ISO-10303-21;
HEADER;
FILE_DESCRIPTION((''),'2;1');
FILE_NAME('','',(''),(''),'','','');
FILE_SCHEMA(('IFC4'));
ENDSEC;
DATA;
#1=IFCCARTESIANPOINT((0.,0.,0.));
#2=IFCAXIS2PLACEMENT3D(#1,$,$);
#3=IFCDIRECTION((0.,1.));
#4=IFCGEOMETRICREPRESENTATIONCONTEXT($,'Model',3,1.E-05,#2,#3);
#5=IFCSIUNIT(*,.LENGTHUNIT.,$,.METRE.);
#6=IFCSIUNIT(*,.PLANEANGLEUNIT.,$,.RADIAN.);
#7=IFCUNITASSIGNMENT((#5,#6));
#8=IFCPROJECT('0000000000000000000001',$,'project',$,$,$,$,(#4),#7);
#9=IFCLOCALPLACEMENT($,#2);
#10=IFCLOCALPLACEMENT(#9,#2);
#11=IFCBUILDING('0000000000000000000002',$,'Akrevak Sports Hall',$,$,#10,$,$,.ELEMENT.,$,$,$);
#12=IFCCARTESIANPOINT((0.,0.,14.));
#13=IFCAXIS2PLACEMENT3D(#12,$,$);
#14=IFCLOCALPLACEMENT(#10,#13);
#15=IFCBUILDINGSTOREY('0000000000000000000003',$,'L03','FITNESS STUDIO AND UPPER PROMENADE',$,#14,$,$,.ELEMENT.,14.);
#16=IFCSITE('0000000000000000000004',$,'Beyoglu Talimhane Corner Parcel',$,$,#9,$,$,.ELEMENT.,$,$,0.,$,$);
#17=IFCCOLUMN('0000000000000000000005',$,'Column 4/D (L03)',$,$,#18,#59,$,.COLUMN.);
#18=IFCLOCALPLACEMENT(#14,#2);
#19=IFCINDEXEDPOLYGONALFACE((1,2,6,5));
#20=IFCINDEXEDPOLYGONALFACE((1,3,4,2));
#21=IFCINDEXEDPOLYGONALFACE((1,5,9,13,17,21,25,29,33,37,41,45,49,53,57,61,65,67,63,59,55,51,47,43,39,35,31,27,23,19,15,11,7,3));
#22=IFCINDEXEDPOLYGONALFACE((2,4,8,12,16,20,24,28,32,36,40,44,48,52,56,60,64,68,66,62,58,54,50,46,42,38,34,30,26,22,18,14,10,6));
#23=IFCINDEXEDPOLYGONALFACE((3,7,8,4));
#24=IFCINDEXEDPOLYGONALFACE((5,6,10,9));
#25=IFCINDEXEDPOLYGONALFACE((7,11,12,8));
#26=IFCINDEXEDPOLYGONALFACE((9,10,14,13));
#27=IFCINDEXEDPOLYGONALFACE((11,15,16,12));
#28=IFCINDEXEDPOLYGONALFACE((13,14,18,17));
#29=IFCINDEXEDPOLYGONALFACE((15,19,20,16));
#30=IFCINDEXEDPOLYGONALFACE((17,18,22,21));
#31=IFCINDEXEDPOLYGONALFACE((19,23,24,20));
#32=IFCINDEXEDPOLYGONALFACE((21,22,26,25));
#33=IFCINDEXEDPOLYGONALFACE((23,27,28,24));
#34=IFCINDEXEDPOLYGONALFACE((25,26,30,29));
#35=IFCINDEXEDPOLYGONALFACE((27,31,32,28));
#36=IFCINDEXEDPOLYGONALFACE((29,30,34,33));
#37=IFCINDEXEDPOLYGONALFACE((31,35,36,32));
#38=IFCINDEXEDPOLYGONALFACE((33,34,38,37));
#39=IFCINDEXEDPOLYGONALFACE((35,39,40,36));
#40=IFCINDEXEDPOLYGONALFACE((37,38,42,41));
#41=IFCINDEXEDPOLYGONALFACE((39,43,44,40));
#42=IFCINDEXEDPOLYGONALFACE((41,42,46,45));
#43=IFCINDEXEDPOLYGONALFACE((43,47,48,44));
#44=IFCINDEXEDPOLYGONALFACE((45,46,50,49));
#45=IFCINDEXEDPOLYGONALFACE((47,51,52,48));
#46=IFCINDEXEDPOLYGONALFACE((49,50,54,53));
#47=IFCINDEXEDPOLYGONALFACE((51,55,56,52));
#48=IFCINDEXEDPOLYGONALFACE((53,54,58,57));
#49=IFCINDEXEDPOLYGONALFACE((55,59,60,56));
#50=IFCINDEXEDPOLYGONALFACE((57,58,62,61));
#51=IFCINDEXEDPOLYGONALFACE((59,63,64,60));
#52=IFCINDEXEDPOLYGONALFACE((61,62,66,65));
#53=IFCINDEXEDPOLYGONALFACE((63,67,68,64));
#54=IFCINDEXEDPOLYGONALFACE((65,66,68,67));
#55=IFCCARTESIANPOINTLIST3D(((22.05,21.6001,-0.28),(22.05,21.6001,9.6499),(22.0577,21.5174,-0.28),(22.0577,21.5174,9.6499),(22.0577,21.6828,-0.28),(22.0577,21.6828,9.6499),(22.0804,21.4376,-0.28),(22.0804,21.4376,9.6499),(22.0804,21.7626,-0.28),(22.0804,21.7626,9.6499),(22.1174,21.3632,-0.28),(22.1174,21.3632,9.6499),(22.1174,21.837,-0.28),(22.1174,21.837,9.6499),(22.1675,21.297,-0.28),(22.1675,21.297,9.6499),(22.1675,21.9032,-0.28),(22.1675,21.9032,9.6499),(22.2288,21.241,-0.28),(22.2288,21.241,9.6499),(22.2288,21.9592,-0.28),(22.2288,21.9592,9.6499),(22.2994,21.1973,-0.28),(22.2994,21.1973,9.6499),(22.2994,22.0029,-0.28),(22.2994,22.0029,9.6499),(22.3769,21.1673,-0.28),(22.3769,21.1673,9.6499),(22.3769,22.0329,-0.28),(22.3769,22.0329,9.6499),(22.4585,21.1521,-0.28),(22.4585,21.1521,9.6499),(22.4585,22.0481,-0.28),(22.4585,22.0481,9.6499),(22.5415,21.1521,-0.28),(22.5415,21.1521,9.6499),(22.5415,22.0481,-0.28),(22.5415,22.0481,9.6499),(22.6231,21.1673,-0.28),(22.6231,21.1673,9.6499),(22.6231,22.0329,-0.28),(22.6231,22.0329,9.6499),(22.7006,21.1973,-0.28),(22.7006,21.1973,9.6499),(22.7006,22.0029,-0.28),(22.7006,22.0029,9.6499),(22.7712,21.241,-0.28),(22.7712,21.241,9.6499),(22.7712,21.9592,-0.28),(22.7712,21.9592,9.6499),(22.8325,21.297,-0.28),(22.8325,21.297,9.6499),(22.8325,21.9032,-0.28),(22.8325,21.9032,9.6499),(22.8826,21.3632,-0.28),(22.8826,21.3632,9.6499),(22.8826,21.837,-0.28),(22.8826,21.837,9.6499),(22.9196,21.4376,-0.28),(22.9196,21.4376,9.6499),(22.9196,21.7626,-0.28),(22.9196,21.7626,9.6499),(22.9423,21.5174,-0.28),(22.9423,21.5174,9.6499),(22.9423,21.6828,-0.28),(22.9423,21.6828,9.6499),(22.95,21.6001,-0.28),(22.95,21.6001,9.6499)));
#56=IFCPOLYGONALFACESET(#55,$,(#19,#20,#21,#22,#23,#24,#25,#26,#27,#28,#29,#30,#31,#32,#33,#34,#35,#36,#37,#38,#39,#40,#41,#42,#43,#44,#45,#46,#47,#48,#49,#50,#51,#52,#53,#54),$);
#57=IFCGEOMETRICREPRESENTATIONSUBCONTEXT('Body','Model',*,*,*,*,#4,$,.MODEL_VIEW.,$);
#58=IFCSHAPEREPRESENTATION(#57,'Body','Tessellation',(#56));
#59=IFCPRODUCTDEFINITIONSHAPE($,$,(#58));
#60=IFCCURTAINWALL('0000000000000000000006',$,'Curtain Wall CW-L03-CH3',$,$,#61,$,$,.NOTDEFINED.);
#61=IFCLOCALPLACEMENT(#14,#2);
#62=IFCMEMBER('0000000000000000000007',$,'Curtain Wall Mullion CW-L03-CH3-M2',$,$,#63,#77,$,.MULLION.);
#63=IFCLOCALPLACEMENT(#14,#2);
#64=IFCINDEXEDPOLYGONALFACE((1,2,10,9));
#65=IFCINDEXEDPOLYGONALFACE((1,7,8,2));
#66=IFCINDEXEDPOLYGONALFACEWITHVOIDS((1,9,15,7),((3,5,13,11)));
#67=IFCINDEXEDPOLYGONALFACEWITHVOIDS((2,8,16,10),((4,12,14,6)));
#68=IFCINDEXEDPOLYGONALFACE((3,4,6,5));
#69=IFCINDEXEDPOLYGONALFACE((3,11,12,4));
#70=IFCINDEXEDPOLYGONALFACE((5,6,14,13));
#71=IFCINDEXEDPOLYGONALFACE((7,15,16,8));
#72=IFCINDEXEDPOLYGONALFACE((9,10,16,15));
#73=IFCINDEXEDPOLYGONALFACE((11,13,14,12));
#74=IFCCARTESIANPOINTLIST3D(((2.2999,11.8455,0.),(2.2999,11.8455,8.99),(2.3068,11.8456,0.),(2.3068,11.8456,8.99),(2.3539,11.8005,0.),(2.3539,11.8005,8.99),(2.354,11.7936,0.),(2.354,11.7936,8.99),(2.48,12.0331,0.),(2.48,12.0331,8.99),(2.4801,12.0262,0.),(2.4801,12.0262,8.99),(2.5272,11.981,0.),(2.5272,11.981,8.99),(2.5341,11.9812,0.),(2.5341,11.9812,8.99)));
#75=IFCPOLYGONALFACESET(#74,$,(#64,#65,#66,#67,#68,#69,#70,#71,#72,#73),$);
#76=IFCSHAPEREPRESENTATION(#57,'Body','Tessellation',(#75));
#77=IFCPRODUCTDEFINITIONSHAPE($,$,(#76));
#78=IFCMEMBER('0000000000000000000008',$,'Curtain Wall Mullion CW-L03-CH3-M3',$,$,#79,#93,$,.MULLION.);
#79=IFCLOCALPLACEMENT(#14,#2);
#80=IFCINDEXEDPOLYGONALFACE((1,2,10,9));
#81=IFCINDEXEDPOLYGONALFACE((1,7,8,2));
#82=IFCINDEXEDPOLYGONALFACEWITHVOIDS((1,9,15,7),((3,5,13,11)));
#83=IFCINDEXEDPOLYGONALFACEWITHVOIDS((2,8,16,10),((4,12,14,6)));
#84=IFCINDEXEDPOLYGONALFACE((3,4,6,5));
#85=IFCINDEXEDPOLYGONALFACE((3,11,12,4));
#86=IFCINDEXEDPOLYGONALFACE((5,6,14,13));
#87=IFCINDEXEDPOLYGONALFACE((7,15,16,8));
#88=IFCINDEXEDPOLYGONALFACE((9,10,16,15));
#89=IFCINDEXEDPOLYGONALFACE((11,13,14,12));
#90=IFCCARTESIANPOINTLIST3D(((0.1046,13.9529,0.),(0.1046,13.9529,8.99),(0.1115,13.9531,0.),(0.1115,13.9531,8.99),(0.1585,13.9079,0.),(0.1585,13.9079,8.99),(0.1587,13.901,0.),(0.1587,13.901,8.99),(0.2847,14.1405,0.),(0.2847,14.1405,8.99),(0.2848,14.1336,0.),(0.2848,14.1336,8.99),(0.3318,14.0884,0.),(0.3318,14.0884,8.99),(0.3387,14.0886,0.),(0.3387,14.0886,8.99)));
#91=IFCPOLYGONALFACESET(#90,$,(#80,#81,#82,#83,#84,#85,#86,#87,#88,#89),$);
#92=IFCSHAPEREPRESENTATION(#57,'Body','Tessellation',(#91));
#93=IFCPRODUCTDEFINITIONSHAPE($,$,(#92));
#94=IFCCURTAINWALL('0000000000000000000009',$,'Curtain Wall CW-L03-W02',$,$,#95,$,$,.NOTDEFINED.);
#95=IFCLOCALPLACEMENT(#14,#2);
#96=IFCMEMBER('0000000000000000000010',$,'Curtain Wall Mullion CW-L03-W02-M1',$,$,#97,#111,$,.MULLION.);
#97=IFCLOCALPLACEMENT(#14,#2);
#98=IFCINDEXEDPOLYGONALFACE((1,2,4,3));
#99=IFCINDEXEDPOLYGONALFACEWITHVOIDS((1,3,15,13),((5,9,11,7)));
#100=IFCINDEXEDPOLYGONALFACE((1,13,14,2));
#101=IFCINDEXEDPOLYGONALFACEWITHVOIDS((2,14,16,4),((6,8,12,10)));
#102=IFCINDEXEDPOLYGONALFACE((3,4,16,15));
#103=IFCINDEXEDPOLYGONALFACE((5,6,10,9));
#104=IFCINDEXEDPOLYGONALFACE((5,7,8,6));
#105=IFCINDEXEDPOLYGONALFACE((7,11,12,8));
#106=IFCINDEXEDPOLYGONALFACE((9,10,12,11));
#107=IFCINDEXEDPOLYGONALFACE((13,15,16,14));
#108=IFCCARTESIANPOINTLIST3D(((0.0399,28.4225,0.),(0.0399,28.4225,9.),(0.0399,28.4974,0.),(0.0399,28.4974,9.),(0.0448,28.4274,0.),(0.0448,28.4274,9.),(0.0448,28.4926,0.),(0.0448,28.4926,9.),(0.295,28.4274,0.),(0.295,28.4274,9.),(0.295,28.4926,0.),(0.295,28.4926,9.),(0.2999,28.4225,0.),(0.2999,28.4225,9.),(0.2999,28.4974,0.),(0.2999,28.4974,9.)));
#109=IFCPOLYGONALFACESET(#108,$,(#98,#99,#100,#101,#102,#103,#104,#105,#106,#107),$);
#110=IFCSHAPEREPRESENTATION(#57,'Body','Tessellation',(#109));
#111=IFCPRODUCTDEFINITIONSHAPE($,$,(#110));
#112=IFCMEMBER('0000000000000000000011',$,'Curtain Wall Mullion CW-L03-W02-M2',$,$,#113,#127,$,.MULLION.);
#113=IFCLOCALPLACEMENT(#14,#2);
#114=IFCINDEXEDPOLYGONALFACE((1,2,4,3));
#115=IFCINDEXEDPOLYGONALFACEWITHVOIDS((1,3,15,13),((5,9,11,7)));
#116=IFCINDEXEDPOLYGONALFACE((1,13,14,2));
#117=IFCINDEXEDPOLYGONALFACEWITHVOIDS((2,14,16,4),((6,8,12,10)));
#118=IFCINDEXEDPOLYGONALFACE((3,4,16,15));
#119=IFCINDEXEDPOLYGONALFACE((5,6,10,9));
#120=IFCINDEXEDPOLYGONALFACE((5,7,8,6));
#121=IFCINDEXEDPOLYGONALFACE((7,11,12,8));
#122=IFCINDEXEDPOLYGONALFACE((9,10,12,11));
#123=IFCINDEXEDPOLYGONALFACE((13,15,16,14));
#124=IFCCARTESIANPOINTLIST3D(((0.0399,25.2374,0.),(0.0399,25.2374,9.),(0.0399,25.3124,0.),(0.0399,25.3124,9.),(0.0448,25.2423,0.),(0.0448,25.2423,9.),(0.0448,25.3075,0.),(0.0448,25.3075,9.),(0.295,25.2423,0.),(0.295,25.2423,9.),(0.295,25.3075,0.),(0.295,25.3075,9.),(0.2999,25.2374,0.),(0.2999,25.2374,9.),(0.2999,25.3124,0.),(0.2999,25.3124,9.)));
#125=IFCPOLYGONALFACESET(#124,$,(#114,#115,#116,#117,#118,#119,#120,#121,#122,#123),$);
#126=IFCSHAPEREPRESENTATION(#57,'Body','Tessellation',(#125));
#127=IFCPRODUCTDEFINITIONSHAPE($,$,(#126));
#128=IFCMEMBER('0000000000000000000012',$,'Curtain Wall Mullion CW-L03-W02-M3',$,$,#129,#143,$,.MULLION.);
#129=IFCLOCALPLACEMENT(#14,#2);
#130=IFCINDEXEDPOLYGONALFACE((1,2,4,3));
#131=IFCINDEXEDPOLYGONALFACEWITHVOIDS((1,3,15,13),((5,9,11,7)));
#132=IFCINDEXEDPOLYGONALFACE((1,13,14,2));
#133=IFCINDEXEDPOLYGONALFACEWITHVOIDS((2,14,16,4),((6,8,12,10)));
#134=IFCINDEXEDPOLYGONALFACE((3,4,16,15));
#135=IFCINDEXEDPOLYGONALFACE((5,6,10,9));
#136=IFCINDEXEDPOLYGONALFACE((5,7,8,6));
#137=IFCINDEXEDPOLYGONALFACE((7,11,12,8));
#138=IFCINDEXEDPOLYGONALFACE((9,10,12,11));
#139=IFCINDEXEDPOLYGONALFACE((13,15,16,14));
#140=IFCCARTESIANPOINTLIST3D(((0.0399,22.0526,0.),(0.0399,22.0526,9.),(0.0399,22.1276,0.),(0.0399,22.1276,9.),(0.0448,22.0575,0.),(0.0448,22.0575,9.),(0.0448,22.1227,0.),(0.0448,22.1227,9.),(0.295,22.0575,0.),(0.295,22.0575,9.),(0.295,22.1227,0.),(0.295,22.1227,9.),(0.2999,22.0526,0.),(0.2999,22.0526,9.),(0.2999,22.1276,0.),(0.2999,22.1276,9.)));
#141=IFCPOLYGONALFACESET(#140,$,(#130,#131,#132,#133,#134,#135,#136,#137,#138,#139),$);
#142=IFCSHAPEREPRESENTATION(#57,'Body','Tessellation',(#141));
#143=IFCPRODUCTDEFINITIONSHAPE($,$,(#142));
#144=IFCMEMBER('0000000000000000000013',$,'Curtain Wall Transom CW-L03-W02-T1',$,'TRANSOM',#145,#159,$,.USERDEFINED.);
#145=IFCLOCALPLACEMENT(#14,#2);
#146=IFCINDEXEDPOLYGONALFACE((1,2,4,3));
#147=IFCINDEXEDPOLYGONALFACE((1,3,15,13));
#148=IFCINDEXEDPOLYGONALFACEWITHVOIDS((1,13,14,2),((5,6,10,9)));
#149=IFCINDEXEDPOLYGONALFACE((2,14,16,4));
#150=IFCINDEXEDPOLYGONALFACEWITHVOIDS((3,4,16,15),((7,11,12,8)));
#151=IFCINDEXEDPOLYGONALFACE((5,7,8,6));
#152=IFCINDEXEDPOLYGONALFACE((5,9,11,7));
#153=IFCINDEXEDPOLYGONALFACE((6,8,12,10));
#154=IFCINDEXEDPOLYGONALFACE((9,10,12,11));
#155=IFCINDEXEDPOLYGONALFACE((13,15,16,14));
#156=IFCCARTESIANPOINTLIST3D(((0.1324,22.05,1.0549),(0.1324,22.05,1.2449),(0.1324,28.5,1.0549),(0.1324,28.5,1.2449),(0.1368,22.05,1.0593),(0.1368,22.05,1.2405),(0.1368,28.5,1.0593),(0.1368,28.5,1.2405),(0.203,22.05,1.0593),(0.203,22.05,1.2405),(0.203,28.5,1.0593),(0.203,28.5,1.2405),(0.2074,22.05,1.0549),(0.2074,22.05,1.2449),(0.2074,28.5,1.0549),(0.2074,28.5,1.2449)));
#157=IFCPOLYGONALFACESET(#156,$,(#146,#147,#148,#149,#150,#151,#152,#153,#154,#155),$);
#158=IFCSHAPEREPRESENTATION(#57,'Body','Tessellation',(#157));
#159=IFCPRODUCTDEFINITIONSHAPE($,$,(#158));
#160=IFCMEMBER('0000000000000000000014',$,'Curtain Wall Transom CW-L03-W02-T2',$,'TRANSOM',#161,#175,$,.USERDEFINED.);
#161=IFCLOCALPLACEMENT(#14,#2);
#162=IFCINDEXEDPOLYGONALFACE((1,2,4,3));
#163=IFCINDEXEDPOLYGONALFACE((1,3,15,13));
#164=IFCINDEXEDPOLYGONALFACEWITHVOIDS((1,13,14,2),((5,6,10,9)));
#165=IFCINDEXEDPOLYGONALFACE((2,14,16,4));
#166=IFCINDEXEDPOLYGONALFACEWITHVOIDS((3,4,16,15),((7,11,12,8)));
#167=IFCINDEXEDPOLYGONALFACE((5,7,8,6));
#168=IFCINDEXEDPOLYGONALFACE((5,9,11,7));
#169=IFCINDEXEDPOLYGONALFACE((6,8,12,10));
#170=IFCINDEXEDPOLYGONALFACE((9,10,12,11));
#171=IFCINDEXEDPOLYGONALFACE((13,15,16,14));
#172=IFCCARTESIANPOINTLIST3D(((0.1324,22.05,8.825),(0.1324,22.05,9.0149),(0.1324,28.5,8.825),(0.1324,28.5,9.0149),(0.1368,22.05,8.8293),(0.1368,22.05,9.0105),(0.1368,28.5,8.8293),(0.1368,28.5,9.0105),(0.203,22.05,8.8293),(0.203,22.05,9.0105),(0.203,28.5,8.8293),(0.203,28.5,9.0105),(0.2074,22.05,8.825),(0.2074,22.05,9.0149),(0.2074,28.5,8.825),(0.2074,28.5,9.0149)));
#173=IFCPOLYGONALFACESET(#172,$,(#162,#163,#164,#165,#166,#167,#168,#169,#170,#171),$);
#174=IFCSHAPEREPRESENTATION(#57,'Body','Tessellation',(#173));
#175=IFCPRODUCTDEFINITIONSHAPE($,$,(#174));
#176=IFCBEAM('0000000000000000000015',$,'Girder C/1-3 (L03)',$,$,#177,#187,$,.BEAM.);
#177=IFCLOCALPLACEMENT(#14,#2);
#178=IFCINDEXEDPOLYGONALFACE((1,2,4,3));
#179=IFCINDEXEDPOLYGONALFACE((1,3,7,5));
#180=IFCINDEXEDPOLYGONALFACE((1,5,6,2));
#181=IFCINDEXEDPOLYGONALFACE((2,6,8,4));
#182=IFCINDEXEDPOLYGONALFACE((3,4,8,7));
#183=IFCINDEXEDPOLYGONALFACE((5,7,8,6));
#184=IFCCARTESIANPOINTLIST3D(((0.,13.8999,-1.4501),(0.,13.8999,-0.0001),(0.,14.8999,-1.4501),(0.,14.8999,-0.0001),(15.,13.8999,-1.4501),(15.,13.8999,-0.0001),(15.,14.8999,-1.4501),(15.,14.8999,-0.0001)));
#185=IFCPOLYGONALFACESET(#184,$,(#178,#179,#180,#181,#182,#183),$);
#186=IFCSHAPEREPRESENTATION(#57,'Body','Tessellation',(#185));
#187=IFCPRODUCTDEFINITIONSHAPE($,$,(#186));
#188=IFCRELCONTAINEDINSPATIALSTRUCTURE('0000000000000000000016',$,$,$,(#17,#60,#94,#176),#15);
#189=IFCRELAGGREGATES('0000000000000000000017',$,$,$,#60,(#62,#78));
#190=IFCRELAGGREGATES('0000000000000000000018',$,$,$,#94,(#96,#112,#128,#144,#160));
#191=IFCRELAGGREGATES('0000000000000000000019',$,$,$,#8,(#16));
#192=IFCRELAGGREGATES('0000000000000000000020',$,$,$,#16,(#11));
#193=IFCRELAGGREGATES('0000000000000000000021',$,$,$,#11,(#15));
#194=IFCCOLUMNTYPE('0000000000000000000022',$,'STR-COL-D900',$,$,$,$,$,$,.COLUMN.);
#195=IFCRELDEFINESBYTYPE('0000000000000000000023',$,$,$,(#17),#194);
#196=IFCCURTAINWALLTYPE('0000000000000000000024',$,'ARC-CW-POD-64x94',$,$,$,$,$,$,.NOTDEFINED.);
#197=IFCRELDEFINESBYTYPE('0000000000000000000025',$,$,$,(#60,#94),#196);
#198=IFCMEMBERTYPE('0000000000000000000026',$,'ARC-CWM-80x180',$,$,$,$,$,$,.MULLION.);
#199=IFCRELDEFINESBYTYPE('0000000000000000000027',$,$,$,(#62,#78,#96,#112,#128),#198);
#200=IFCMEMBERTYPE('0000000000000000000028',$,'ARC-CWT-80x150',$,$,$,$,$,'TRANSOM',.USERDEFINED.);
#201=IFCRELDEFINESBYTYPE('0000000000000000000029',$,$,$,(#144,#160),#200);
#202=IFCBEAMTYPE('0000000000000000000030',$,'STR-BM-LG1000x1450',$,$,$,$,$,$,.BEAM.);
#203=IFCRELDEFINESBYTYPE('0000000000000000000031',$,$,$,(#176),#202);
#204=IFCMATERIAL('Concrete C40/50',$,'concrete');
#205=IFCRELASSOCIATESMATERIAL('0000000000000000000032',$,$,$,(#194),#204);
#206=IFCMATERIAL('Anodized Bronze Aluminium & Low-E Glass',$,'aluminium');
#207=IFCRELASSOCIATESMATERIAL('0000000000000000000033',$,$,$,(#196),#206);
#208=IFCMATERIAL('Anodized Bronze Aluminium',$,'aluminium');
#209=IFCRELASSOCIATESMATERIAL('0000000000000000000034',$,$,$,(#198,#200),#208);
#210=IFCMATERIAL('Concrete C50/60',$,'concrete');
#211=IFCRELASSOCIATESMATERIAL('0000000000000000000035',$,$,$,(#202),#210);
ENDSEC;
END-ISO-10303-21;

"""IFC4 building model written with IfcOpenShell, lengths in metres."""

from ifc_helpers import new_model, si_unit, direction, frame, origin, origin_2d, place, context, subcontext, project, spatial, rectangle, hollow_rectangle, circle, extrude, material, material_profile, profile_set, type_object, element, aggregate, save


model = new_model("IFC4")

# Units and contexts
model_context = context("Model", 3, precision=1e-05, world=origin(), true_north=direction((0.0, 1.0)))
body_context = subcontext(model_context, "Body", "Model", "MODEL_VIEW")
ifc_project = project(units=[si_unit("LENGTHUNIT", "METRE"), si_unit("PLANEANGLEUNIT", "RADIAN")], contexts=[model_context])

# Site, building, storey
site_placement = place(None, origin())
site = spatial("IfcSite", under=ifc_project, at=site_placement, Name="Beyoglu Talimhane Corner Parcel", CompositionType="ELEMENT", RefElevation=0.0)
building_placement = place(site_placement, origin())
building = spatial("IfcBuilding", under=site, at=building_placement, Name="Akrevak Sports Hall", CompositionType="ELEMENT")
storey_placement = place(building_placement, frame((0.0, 0.0, 14.0)))
storey = spatial("IfcBuildingStorey", under=building, at=storey_placement, Name="L03", Description="FITNESS STUDIO AND UPPER PROMENADE", CompositionType="ELEMENT", Elevation=14.0)

# Column
ifc_material_1 = material(Name="Concrete C40/50", Category="concrete")
ifc_material_profile_1 = material_profile(ifc_material_1, circle(Radius=0.45, at=origin_2d()), Name="COL D900", Category="concrete")
ifc_profile_set_1 = profile_set([ifc_material_profile_1], Name="Concrete C40/50")
column_type = type_object("IfcColumnType", Name="STR-COL-D900", PredefinedType="COLUMN", material=ifc_profile_set_1)
for number, where, z_axis, x_axis, name in (
    (1, (22.5, 21.6001, -0.28), (0.0, 0.0, 1.0), (1.0, 0.0, 0.0), "Column 4/D (L03)"),
):
    element("IfcColumn", number, at=place(storey_placement, frame(where, z_axis=z_axis, x_axis=x_axis)), inside=storey, type_object=column_type, Name=name, PredefinedType="COLUMN", context=body_context, shape_type="SweptSolid", body=[
        extrude(circle(Radius=0.45, at=origin_2d()), origin(), (0.0, 0.0, 1.0), 9.9299),
    ])

# Curtain walls, members
ifc_material_2 = material(Name="Anodized Bronze Aluminium & Low-E Glass", Category="aluminium")
curtain_wall_type = type_object("IfcCurtainWallType", Name="ARC-CW-POD-64x94", PredefinedType="NOTDEFINED", material=ifc_material_2)
curtain_wall_1_placement = place(storey_placement, origin())
curtain_wall_1 = element("IfcCurtainWall", 2, at=curtain_wall_1_placement, inside=storey, type_object=curtain_wall_type, Name="Curtain Wall CW-L03-CH3", PredefinedType="NOTDEFINED")
ifc_material_3 = material(Name="Anodized Bronze Aluminium", Category="aluminium")
ifc_material_profile_2 = material_profile(ifc_material_3, hollow_rectangle(XDim=0.075, YDim=0.26, WallThickness=0.0049, at=origin_2d()), Name="CWM 75x260", Category="aluminium")
ifc_profile_set_2 = profile_set([ifc_material_profile_2], Name="Anodized Bronze Aluminium")
member_type_1 = type_object("IfcMemberType", Name="ARC-CWM-80x180", PredefinedType="MULLION", material=ifc_profile_set_2)
member_1_placement = place(storey_placement, frame((2.417, 11.9133, 0.0), z_axis=(0.0, 0.0, 1.0), x_axis=(-0.721398, 0.692521, 0.0)))
member_1 = element("IfcMember", 3, at=member_1_placement, type_object=member_type_1, Name="Curtain Wall Mullion CW-L03-CH3-M2", PredefinedType="MULLION", context=body_context, shape_type="SweptSolid", body=[
    extrude(hollow_rectangle(XDim=0.075, YDim=0.26, WallThickness=0.0049, at=origin_2d()), origin(), (0.0, 0.0, 1.0), 8.99),
])
member_2_placement = place(storey_placement, frame((0.2217, 14.0208, 0.0), z_axis=(0.0, 0.0, 1.0), x_axis=(-0.721398, 0.692521, 0.0)))
member_2 = element("IfcMember", 4, at=member_2_placement, type_object=member_type_1, Name="Curtain Wall Mullion CW-L03-CH3-M3", PredefinedType="MULLION", context=body_context, shape_type="SweptSolid", body=[
    extrude(hollow_rectangle(XDim=0.075, YDim=0.26, WallThickness=0.0049, at=origin_2d()), origin(), (0.0, 0.0, 1.0), 8.99),
])
curtain_wall_2_placement = place(storey_placement, origin())
curtain_wall_2 = element("IfcCurtainWall", 5, at=curtain_wall_2_placement, inside=storey, type_object=curtain_wall_type, Name="Curtain Wall CW-L03-W02", PredefinedType="NOTDEFINED")
member_3_placement = place(storey_placement, frame((0.1699, 28.46, 0.0), z_axis=(0.0, 0.0, 1.0), x_axis=(0.0, -1.0, 0.0)))
member_3 = element("IfcMember", 6, at=member_3_placement, type_object=member_type_1, Name="Curtain Wall Mullion CW-L03-W02-M1", PredefinedType="MULLION", context=body_context, shape_type="SweptSolid", body=[
    extrude(hollow_rectangle(XDim=0.075, YDim=0.26, WallThickness=0.0049, at=origin_2d()), origin(), (0.0, 0.0, 1.0), 9.0),
])
member_4_placement = place(storey_placement, frame((0.1699, 25.2749, 0.0), z_axis=(0.0, 0.0, 1.0), x_axis=(0.0, -1.0, 0.0)))
member_4 = element("IfcMember", 7, at=member_4_placement, type_object=member_type_1, Name="Curtain Wall Mullion CW-L03-W02-M2", PredefinedType="MULLION", context=body_context, shape_type="SweptSolid", body=[
    extrude(hollow_rectangle(XDim=0.075, YDim=0.26, WallThickness=0.0049, at=origin_2d()), origin(), (0.0, 0.0, 1.0), 9.0),
])
member_5_placement = place(storey_placement, frame((0.1699, 22.0901, 0.0), z_axis=(0.0, 0.0, 1.0), x_axis=(0.0, -1.0, 0.0)))
member_5 = element("IfcMember", 8, at=member_5_placement, type_object=member_type_1, Name="Curtain Wall Mullion CW-L03-W02-M3", PredefinedType="MULLION", context=body_context, shape_type="SweptSolid", body=[
    extrude(hollow_rectangle(XDim=0.075, YDim=0.26, WallThickness=0.0049, at=origin_2d()), origin(), (0.0, 0.0, 1.0), 9.0),
])
ifc_material_profile_3 = material_profile(ifc_material_3, hollow_rectangle(XDim=0.075, YDim=0.1899, WallThickness=0.0044, at=origin_2d()), Name="CWT 75x190", Category="aluminium")
ifc_profile_set_3 = profile_set([ifc_material_profile_3], Name="Anodized Bronze Aluminium")
member_type_2 = type_object("IfcMemberType", Name="ARC-CWT-80x150", ElementType="TRANSOM", PredefinedType="USERDEFINED", material=ifc_profile_set_3)
member_6_placement = place(storey_placement, frame((0.1699, 28.5, 1.1499), z_axis=(0.0, -1.0, 0.0), x_axis=(1.0, 0.0, 0.0)))
member_6 = element("IfcMember", 9, at=member_6_placement, type_object=member_type_2, Name="Curtain Wall Transom CW-L03-W02-T1", ObjectType="TRANSOM", PredefinedType="USERDEFINED", context=body_context, shape_type="SweptSolid", body=[
    extrude(hollow_rectangle(XDim=0.075, YDim=0.1899, WallThickness=0.0044, at=origin_2d()), origin(), (0.0, 0.0, 1.0), 6.45),
])
member_7_placement = place(storey_placement, frame((0.1699, 28.5, 8.9199), z_axis=(0.0, -1.0, 0.0), x_axis=(1.0, 0.0, 0.0)))
member_7 = element("IfcMember", 10, at=member_7_placement, type_object=member_type_2, Name="Curtain Wall Transom CW-L03-W02-T2", ObjectType="TRANSOM", PredefinedType="USERDEFINED", context=body_context, shape_type="SweptSolid", body=[
    extrude(hollow_rectangle(XDim=0.075, YDim=0.1899, WallThickness=0.0044, at=origin_2d()), origin(), (0.0, 0.0, 1.0), 6.45),
])

# Beam
ifc_material_4 = material(Name="Concrete C50/60", Category="concrete")
ifc_material_profile_4 = material_profile(ifc_material_4, rectangle(XDim=1.0, YDim=1.45, at=origin_2d()), Name="BM 1000x1450", Category="concrete")
ifc_profile_set_4 = profile_set([ifc_material_profile_4], Name="Concrete C50/60")
beam_type_1 = type_object("IfcBeamType", Name="STR-BM-LG1000x1450", PredefinedType="BEAM", material=ifc_profile_set_4)
for number, where, z_axis, x_axis, name in (
    (11, (0.0, 14.3999, -0.7251), (1.0, 0.0, 0.0), (0.0, 1.0, 0.0), "Girder C/1-3 (L03)"),
):
    element("IfcBeam", number, at=place(storey_placement, frame(where, z_axis=z_axis, x_axis=x_axis)), inside=storey, type_object=beam_type_1, Name=name, PredefinedType="BEAM", context=body_context, shape_type="SweptSolid", body=[
        extrude(rectangle(XDim=1.0, YDim=1.45, at=origin_2d()), origin(), (0.0, 0.0, 1.0), 15.0),
    ])

aggregate(curtain_wall_1, [member_1, member_2])
aggregate(curtain_wall_2, [member_3, member_4, member_5, member_6, member_7])

save(model, "model.ifc")
